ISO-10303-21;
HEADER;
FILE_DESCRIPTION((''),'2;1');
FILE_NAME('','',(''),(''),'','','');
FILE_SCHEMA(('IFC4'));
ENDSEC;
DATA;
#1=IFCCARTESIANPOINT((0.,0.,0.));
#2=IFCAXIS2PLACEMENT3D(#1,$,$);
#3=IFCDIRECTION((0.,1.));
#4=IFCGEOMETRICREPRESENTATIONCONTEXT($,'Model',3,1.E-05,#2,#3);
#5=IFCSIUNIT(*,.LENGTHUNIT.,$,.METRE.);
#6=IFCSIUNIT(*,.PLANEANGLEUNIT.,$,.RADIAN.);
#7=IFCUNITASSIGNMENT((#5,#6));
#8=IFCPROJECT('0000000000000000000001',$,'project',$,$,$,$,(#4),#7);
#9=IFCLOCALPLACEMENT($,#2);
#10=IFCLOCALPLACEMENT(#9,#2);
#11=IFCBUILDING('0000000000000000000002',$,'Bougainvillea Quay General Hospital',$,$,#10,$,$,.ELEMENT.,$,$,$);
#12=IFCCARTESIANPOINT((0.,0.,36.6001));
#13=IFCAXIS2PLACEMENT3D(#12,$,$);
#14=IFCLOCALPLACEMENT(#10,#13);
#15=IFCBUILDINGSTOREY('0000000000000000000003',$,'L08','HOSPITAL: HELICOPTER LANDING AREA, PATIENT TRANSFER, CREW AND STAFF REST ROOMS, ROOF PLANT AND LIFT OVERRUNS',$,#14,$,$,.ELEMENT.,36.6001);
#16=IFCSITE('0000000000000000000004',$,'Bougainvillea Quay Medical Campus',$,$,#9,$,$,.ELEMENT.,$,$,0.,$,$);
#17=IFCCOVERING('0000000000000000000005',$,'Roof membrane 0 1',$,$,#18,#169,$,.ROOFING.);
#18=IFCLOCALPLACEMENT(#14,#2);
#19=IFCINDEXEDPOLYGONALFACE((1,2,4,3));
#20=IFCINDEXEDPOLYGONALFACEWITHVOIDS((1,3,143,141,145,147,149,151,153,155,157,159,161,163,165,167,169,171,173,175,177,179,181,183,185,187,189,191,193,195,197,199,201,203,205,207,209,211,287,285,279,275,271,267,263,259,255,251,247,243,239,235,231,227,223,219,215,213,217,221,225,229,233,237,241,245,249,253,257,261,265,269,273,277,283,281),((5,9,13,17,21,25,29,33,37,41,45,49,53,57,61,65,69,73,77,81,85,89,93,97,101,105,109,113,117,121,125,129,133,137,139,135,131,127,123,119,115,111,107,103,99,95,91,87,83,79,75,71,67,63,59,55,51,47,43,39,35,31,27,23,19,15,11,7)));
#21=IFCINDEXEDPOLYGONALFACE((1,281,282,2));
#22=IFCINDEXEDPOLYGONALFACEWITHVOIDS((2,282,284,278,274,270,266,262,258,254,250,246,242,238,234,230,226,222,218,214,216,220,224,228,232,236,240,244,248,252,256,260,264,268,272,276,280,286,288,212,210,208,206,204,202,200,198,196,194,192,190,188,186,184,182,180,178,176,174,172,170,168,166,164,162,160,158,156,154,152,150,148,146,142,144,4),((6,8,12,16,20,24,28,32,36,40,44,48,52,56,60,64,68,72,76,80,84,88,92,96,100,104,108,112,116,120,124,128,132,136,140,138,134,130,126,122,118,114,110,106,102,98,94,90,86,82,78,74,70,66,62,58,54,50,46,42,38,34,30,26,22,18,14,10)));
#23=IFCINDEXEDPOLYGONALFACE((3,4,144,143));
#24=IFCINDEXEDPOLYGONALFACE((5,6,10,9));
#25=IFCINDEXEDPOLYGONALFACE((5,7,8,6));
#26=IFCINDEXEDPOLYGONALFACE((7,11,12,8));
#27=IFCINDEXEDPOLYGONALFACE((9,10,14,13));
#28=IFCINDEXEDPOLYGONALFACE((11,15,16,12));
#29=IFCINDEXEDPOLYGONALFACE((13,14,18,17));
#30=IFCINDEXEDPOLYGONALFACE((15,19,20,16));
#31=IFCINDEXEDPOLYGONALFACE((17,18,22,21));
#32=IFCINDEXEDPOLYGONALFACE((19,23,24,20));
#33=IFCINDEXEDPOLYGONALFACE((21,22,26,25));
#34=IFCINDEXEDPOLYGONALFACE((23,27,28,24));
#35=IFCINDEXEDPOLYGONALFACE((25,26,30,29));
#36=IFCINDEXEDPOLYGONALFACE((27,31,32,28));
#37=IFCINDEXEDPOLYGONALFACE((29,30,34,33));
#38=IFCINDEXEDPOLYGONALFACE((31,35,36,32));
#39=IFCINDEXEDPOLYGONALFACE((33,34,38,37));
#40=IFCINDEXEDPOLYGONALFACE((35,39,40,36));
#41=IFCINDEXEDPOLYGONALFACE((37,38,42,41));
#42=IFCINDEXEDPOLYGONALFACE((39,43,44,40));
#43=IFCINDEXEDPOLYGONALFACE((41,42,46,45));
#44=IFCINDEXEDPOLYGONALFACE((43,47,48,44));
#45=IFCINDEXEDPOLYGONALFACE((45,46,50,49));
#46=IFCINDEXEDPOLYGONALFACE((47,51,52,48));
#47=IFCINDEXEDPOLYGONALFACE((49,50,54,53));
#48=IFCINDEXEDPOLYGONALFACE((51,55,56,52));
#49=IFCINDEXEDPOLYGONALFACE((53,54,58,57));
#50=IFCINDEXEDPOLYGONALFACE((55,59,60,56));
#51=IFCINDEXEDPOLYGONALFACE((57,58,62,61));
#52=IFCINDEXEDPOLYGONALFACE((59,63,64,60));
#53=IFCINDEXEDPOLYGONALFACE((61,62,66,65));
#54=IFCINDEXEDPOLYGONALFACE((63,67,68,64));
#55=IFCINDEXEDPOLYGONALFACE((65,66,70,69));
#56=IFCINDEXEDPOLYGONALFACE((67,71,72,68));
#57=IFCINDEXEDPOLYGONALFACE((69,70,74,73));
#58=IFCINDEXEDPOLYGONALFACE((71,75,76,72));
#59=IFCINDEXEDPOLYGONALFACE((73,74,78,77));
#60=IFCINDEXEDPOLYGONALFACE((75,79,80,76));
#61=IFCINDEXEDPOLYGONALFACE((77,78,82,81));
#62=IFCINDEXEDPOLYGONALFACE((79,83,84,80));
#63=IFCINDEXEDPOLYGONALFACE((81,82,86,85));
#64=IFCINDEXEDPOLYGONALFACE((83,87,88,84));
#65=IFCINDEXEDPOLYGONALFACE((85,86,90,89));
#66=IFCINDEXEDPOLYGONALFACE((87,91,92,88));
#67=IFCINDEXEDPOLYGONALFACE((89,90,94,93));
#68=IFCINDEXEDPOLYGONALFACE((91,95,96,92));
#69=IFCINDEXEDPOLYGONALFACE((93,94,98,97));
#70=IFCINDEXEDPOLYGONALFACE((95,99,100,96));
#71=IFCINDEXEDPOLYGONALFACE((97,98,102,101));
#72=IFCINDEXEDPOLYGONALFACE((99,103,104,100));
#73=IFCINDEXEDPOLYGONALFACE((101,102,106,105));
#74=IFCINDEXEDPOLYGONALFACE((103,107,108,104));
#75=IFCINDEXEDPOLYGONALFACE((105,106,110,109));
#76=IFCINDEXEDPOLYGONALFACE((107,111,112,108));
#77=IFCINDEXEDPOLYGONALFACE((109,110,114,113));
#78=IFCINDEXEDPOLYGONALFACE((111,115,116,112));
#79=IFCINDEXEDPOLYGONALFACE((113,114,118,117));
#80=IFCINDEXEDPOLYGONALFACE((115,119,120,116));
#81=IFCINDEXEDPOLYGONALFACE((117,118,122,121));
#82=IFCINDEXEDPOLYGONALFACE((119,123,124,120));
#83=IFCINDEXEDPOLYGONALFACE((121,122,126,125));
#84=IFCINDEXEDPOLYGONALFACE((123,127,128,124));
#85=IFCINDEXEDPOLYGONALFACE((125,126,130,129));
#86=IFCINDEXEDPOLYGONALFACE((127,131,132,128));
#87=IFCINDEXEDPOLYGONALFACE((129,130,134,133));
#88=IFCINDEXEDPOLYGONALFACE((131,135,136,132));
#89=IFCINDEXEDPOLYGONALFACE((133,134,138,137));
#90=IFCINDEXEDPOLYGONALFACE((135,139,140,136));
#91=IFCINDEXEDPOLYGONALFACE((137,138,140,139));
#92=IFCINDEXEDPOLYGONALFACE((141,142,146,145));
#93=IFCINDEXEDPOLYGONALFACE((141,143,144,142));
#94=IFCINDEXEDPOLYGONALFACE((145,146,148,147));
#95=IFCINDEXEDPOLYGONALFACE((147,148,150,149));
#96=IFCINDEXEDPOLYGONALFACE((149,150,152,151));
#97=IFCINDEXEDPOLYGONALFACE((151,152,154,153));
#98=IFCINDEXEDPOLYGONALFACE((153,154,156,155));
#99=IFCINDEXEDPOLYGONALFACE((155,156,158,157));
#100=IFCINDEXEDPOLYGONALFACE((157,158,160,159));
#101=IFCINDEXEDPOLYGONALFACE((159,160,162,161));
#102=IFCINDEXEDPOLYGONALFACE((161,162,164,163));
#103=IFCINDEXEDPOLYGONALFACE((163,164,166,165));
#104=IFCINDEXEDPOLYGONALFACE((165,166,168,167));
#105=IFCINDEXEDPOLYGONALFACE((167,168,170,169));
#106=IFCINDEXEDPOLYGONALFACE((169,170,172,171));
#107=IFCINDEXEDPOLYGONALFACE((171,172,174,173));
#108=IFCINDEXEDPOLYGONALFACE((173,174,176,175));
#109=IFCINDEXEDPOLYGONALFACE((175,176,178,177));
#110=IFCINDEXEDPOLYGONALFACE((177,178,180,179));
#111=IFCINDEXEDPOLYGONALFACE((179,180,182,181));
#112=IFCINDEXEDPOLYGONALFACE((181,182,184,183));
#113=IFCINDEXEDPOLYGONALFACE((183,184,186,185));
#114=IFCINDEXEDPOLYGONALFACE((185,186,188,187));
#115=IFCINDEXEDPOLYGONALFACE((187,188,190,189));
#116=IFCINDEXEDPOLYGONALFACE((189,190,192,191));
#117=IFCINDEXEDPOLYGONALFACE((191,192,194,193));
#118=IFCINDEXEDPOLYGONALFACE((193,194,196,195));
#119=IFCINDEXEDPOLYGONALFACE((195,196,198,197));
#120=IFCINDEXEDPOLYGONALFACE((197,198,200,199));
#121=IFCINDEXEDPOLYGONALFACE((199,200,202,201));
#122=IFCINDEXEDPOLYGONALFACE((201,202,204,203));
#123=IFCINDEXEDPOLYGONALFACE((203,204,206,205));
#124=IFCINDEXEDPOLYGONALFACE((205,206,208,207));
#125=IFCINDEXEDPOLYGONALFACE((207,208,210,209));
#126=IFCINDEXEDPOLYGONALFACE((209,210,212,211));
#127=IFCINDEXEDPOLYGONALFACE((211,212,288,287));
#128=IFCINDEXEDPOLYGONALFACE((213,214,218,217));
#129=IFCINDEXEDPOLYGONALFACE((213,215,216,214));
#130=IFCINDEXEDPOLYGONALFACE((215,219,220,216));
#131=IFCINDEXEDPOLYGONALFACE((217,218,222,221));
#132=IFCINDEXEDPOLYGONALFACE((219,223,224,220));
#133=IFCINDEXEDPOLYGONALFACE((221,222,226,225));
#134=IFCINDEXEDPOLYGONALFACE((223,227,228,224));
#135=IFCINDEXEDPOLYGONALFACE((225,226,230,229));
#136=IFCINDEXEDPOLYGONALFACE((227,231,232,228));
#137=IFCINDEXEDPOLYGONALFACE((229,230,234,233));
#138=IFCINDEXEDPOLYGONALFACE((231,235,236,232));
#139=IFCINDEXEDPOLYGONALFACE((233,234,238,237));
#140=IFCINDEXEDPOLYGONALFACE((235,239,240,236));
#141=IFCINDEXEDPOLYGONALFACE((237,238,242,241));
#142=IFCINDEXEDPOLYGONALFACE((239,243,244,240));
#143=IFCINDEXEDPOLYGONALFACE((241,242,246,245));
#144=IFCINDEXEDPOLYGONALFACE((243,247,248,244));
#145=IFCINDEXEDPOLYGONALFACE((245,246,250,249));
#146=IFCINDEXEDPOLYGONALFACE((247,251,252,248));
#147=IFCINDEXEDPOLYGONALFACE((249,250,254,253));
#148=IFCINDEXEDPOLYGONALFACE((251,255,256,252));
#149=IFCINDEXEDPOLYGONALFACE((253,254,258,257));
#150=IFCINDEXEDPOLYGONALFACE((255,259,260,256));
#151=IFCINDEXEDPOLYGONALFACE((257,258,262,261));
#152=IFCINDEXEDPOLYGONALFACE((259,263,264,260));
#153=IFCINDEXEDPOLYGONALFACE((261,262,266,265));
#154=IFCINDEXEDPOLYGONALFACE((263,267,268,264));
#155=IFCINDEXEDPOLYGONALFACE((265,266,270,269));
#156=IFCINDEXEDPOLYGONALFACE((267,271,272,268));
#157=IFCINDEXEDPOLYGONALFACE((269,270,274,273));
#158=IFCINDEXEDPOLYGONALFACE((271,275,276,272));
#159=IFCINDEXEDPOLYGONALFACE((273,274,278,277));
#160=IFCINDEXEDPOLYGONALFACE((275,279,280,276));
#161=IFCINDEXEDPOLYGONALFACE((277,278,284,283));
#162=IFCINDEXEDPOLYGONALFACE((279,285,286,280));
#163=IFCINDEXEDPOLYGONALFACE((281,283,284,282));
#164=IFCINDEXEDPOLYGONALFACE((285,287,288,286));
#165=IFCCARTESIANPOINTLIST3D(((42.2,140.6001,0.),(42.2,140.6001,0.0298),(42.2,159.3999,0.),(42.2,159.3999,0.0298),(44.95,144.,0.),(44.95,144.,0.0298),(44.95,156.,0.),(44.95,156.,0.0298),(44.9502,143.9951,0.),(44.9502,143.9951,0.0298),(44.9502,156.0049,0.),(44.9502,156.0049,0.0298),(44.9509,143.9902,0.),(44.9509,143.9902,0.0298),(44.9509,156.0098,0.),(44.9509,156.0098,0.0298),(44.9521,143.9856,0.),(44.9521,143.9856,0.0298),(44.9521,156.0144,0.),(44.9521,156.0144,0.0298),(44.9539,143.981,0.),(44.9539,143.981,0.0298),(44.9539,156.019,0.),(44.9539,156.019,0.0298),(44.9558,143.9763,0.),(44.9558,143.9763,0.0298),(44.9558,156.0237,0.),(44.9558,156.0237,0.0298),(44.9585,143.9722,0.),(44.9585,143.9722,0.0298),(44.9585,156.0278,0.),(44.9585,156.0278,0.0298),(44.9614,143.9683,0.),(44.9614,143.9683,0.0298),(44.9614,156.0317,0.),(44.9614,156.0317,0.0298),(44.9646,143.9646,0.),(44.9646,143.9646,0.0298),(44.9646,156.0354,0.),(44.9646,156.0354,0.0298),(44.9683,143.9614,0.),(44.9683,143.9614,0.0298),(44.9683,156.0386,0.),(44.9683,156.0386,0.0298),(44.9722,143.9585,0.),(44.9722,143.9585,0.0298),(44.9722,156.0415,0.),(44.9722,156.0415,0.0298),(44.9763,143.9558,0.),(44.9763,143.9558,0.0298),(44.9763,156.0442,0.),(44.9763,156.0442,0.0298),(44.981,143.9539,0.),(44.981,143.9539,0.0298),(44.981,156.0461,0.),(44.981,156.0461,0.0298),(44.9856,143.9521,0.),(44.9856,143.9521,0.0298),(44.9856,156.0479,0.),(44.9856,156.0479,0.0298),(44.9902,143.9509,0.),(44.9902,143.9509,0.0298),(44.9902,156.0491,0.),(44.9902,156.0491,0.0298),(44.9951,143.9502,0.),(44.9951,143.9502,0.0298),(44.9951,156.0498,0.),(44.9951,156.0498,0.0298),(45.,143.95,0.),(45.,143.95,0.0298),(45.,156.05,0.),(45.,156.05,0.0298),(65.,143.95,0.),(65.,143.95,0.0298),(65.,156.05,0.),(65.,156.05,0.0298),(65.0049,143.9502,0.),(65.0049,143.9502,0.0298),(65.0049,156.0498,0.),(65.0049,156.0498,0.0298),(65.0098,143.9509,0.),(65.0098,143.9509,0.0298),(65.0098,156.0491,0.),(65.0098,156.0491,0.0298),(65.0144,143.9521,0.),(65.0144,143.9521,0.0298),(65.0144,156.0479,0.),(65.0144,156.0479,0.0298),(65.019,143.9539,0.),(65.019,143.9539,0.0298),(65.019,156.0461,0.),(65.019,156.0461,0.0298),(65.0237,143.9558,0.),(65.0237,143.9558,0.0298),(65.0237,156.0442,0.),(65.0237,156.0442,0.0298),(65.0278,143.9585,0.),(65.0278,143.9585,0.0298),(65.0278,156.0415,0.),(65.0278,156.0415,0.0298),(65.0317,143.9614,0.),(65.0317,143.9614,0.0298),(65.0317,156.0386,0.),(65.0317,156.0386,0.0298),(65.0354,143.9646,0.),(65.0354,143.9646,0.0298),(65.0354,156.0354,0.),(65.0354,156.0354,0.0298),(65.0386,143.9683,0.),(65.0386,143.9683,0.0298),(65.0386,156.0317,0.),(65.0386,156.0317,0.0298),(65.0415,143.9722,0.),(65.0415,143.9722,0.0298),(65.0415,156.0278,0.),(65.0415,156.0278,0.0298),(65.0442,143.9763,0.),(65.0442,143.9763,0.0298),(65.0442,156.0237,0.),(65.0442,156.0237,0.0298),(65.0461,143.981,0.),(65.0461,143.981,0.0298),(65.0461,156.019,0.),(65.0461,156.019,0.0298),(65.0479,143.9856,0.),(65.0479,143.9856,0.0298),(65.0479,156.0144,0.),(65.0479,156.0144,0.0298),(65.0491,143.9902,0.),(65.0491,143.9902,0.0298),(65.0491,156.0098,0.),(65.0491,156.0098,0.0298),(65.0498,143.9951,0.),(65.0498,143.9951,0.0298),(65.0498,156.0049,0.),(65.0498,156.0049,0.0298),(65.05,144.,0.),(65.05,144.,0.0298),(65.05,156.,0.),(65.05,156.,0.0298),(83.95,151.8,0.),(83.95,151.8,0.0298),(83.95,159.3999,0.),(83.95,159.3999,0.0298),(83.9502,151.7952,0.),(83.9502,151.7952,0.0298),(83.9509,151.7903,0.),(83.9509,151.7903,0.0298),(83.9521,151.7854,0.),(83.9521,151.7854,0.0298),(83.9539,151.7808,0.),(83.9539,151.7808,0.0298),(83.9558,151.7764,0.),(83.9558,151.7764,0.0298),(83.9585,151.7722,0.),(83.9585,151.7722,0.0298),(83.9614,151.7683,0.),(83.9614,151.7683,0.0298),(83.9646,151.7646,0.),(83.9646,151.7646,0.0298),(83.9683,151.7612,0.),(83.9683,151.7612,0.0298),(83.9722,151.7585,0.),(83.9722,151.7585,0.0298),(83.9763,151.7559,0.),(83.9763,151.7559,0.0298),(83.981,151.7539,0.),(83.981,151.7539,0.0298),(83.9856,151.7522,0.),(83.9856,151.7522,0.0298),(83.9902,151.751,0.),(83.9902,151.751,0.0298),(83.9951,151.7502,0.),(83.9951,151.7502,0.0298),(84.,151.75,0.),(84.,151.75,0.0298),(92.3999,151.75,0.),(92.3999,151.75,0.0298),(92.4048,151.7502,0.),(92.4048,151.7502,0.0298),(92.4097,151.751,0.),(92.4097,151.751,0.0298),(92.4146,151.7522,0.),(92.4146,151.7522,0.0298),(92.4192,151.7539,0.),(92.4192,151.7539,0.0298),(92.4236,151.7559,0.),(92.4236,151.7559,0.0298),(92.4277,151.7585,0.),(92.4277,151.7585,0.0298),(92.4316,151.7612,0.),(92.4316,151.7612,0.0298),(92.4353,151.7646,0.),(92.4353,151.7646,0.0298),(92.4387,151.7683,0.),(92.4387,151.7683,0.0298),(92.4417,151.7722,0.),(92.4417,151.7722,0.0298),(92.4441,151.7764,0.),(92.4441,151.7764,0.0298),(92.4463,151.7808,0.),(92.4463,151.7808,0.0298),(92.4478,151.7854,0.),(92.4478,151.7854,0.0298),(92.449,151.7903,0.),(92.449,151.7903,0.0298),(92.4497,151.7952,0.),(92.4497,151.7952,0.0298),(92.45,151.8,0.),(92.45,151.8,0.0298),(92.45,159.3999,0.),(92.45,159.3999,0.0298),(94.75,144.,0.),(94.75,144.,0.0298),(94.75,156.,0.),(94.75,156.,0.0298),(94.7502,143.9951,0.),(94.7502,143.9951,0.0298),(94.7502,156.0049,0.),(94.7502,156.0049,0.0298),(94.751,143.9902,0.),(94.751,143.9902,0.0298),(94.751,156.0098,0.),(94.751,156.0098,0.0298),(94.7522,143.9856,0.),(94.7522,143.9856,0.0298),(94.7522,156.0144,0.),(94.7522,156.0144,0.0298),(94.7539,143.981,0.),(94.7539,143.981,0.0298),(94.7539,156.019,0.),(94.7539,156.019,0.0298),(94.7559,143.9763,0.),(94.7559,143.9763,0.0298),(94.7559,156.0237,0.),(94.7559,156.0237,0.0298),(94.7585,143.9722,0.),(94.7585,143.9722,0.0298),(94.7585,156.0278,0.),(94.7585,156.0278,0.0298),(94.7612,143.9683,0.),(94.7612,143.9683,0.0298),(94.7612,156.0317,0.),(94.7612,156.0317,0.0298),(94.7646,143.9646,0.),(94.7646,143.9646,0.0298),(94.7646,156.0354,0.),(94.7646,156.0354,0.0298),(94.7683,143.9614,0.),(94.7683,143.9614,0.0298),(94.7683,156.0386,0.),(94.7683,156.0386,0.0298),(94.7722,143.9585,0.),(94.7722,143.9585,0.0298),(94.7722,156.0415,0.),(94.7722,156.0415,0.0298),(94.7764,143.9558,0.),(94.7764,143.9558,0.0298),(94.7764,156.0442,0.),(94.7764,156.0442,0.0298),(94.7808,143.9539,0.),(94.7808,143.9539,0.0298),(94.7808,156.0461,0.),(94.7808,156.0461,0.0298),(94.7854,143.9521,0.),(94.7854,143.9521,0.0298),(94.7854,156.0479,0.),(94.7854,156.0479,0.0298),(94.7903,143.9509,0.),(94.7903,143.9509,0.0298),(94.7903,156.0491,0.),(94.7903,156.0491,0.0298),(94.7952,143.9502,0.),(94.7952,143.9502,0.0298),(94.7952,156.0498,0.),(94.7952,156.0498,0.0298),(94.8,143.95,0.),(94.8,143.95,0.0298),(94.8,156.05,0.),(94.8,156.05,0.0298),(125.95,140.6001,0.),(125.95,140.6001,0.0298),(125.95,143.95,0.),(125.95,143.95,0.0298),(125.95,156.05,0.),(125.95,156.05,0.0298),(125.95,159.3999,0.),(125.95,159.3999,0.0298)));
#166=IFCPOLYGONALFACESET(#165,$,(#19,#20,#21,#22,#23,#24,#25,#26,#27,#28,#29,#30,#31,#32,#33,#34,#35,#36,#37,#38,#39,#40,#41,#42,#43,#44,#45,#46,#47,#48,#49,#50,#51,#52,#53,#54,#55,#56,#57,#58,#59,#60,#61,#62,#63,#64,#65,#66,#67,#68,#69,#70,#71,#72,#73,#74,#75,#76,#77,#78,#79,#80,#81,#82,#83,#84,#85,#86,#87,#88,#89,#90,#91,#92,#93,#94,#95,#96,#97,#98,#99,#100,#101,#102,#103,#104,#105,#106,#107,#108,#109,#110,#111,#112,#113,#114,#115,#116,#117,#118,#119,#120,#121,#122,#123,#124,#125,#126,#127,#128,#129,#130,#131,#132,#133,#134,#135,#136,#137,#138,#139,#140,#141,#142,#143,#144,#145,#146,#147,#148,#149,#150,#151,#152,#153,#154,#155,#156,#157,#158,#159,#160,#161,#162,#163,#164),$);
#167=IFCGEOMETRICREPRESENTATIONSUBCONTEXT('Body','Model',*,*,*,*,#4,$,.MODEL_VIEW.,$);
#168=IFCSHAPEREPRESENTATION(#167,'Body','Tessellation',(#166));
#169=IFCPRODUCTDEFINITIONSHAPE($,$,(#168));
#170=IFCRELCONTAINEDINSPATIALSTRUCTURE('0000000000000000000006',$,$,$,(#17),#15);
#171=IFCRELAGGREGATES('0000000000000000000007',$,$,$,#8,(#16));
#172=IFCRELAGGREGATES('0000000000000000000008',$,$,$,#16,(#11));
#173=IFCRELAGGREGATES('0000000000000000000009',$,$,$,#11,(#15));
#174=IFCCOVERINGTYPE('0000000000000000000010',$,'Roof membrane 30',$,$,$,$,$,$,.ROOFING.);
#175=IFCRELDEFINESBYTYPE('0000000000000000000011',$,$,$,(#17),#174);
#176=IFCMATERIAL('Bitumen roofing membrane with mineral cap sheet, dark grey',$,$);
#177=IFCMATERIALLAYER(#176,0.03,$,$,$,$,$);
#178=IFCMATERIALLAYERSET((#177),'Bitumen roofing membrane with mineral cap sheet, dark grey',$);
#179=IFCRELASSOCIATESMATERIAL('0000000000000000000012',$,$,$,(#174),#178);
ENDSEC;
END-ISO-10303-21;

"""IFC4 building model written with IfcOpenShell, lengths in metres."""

from ifc_helpers import new_model, si_unit, direction, frame, origin, place, context, subcontext, project, spatial, polyline, outline, extrude, material, layer, layer_set, type_object, element, save


model = new_model("IFC4")

# Units and contexts
model_context = context("Model", 3, precision=1e-05, world=origin(), true_north=direction((0.0, 1.0)))
body_context = subcontext(model_context, "Body", "Model", "MODEL_VIEW")
ifc_project = project(units=[si_unit("LENGTHUNIT", "METRE"), si_unit("PLANEANGLEUNIT", "RADIAN")], contexts=[model_context])

# Site, building, storey
site_placement = place(None, origin())
site = spatial("IfcSite", under=ifc_project, at=site_placement, Name="Bougainvillea Quay Medical Campus", CompositionType="ELEMENT", RefElevation=0.0)
building_placement = place(site_placement, origin())
building = spatial("IfcBuilding", under=site, at=building_placement, Name="Bougainvillea Quay General Hospital", CompositionType="ELEMENT")
storey_placement = place(building_placement, frame((0.0, 0.0, 36.6001)))
storey = spatial("IfcBuildingStorey", under=building, at=storey_placement, Name="L08", Description="HOSPITAL: HELICOPTER LANDING AREA, PATIENT TRANSFER, CREW AND STAFF REST ROOMS, ROOF PLANT AND LIFT OVERRUNS", CompositionType="ELEMENT", Elevation=36.6001)

# Covering
ifc_material_1 = material(Name="Bitumen roofing membrane with mineral cap sheet, dark grey")
ifc_layer_1 = layer(ifc_material_1, 0.03)
ifc_layer_set_1 = layer_set([ifc_layer_1], Name="Bitumen roofing membrane with mineral cap sheet, dark grey")
covering_type_1 = type_object("IfcCoveringType", Name="Roof membrane 30", PredefinedType="ROOFING", material=ifc_layer_set_1)
covering_1_placement = place(storey_placement, origin())
element("IfcCovering", 1, at=covering_1_placement, inside=storey, type_object=covering_type_1, Name="Roof membrane 0 1", PredefinedType="ROOFING", context=body_context, shape_type="SweptSolid", body=[
    extrude(outline(polyline([(42.2, 159.3999), (83.95, 159.3999), (83.95, 151.8), (83.9502, 151.7952), (83.9509, 151.7903), (83.9521, 151.7854), (83.9539, 151.7808), (83.9558, 151.7764), (83.9585, 151.7722), (83.9614, 151.7683), (83.9646, 151.7646), (83.9683, 151.7612), (83.9722, 151.7585), (83.9763, 151.7559), (83.981, 151.7539), (83.9856, 151.7522), (83.9902, 151.751), (83.9951, 151.7502), (84.0, 151.75), (92.3999, 151.75), (92.4048, 151.7502), (92.4097, 151.751), (92.4146, 151.7522), (92.4192, 151.7539), (92.4236, 151.7559), (92.4277, 151.7585), (92.4316, 151.7612), (92.4353, 151.7646), (92.4387, 151.7683), (92.4417, 151.7722), (92.4441, 151.7764), (92.4463, 151.7808), (92.4478, 151.7854), (92.449, 151.7903), (92.4497, 151.7952), (92.45, 151.8), (92.45, 159.3999), (125.95, 159.3999), (125.95, 156.05), (94.8, 156.05), (94.7952, 156.0498), (94.7903, 156.0491), (94.7854, 156.0479), (94.7808, 156.0461), (94.7764, 156.0442), (94.7722, 156.0415), (94.7683, 156.0386), (94.7646, 156.0354), (94.7612, 156.0317), (94.7585, 156.0278), (94.7559, 156.0237), (94.7539, 156.019), (94.7522, 156.0144), (94.751, 156.0098), (94.7502, 156.0049), (94.75, 156.0), (94.75, 144.0), (94.7502, 143.9951), (94.751, 143.9902), (94.7522, 143.9856), (94.7539, 143.981), (94.7559, 143.9763), (94.7585, 143.9722), (94.7612, 143.9683), (94.7646, 143.9646), (94.7683, 143.9614), (94.7722, 143.9585), (94.7764, 143.9558), (94.7808, 143.9539), (94.7854, 143.9521), (94.7903, 143.9509), (94.7952, 143.9502), (94.8, 143.95), (125.95, 143.95), (125.95, 140.6001), (42.2, 140.6001), (42.2, 159.3999)]), holes=[polyline([(45.0, 156.05), (44.9951, 156.0498), (44.9902, 156.0491), (44.9856, 156.0479), (44.981, 156.0461), (44.9763, 156.0442), (44.9722, 156.0415), (44.9683, 156.0386), (44.9646, 156.0354), (44.9614, 156.0317), (44.9585, 156.0278), (44.9558, 156.0237), (44.9539, 156.019), (44.9521, 156.0144), (44.9509, 156.0098), (44.9502, 156.0049), (44.95, 156.0), (44.95, 144.0), (44.9502, 143.9951), (44.9509, 143.9902), (44.9521, 143.9856), (44.9539, 143.981), (44.9558, 143.9763), (44.9585, 143.9722), (44.9614, 143.9683), (44.9646, 143.9646), (44.9683, 143.9614), (44.9722, 143.9585), (44.9763, 143.9558), (44.981, 143.9539), (44.9856, 143.9521), (44.9902, 143.9509), (44.9951, 143.9502), (45.0, 143.95), (65.0, 143.95), (65.0049, 143.9502), (65.0098, 143.9509), (65.0144, 143.9521), (65.019, 143.9539), (65.0237, 143.9558), (65.0278, 143.9585), (65.0317, 143.9614), (65.0354, 143.9646), (65.0386, 143.9683), (65.0415, 143.9722), (65.0442, 143.9763), (65.0461, 143.981), (65.0479, 143.9856), (65.0491, 143.9902), (65.0498, 143.9951), (65.05, 144.0), (65.05, 156.0), (65.0498, 156.0049), (65.0491, 156.0098), (65.0479, 156.0144), (65.0461, 156.019), (65.0442, 156.0237), (65.0415, 156.0278), (65.0386, 156.0317), (65.0354, 156.0354), (65.0317, 156.0386), (65.0278, 156.0415), (65.0237, 156.0442), (65.019, 156.0461), (65.0144, 156.0479), (65.0098, 156.0491), (65.0049, 156.0498), (65.0, 156.05), (45.0, 156.05)])]), origin(), (0.0, 0.0, 1.0), 0.0298),
])

save(model, "model.ifc")
